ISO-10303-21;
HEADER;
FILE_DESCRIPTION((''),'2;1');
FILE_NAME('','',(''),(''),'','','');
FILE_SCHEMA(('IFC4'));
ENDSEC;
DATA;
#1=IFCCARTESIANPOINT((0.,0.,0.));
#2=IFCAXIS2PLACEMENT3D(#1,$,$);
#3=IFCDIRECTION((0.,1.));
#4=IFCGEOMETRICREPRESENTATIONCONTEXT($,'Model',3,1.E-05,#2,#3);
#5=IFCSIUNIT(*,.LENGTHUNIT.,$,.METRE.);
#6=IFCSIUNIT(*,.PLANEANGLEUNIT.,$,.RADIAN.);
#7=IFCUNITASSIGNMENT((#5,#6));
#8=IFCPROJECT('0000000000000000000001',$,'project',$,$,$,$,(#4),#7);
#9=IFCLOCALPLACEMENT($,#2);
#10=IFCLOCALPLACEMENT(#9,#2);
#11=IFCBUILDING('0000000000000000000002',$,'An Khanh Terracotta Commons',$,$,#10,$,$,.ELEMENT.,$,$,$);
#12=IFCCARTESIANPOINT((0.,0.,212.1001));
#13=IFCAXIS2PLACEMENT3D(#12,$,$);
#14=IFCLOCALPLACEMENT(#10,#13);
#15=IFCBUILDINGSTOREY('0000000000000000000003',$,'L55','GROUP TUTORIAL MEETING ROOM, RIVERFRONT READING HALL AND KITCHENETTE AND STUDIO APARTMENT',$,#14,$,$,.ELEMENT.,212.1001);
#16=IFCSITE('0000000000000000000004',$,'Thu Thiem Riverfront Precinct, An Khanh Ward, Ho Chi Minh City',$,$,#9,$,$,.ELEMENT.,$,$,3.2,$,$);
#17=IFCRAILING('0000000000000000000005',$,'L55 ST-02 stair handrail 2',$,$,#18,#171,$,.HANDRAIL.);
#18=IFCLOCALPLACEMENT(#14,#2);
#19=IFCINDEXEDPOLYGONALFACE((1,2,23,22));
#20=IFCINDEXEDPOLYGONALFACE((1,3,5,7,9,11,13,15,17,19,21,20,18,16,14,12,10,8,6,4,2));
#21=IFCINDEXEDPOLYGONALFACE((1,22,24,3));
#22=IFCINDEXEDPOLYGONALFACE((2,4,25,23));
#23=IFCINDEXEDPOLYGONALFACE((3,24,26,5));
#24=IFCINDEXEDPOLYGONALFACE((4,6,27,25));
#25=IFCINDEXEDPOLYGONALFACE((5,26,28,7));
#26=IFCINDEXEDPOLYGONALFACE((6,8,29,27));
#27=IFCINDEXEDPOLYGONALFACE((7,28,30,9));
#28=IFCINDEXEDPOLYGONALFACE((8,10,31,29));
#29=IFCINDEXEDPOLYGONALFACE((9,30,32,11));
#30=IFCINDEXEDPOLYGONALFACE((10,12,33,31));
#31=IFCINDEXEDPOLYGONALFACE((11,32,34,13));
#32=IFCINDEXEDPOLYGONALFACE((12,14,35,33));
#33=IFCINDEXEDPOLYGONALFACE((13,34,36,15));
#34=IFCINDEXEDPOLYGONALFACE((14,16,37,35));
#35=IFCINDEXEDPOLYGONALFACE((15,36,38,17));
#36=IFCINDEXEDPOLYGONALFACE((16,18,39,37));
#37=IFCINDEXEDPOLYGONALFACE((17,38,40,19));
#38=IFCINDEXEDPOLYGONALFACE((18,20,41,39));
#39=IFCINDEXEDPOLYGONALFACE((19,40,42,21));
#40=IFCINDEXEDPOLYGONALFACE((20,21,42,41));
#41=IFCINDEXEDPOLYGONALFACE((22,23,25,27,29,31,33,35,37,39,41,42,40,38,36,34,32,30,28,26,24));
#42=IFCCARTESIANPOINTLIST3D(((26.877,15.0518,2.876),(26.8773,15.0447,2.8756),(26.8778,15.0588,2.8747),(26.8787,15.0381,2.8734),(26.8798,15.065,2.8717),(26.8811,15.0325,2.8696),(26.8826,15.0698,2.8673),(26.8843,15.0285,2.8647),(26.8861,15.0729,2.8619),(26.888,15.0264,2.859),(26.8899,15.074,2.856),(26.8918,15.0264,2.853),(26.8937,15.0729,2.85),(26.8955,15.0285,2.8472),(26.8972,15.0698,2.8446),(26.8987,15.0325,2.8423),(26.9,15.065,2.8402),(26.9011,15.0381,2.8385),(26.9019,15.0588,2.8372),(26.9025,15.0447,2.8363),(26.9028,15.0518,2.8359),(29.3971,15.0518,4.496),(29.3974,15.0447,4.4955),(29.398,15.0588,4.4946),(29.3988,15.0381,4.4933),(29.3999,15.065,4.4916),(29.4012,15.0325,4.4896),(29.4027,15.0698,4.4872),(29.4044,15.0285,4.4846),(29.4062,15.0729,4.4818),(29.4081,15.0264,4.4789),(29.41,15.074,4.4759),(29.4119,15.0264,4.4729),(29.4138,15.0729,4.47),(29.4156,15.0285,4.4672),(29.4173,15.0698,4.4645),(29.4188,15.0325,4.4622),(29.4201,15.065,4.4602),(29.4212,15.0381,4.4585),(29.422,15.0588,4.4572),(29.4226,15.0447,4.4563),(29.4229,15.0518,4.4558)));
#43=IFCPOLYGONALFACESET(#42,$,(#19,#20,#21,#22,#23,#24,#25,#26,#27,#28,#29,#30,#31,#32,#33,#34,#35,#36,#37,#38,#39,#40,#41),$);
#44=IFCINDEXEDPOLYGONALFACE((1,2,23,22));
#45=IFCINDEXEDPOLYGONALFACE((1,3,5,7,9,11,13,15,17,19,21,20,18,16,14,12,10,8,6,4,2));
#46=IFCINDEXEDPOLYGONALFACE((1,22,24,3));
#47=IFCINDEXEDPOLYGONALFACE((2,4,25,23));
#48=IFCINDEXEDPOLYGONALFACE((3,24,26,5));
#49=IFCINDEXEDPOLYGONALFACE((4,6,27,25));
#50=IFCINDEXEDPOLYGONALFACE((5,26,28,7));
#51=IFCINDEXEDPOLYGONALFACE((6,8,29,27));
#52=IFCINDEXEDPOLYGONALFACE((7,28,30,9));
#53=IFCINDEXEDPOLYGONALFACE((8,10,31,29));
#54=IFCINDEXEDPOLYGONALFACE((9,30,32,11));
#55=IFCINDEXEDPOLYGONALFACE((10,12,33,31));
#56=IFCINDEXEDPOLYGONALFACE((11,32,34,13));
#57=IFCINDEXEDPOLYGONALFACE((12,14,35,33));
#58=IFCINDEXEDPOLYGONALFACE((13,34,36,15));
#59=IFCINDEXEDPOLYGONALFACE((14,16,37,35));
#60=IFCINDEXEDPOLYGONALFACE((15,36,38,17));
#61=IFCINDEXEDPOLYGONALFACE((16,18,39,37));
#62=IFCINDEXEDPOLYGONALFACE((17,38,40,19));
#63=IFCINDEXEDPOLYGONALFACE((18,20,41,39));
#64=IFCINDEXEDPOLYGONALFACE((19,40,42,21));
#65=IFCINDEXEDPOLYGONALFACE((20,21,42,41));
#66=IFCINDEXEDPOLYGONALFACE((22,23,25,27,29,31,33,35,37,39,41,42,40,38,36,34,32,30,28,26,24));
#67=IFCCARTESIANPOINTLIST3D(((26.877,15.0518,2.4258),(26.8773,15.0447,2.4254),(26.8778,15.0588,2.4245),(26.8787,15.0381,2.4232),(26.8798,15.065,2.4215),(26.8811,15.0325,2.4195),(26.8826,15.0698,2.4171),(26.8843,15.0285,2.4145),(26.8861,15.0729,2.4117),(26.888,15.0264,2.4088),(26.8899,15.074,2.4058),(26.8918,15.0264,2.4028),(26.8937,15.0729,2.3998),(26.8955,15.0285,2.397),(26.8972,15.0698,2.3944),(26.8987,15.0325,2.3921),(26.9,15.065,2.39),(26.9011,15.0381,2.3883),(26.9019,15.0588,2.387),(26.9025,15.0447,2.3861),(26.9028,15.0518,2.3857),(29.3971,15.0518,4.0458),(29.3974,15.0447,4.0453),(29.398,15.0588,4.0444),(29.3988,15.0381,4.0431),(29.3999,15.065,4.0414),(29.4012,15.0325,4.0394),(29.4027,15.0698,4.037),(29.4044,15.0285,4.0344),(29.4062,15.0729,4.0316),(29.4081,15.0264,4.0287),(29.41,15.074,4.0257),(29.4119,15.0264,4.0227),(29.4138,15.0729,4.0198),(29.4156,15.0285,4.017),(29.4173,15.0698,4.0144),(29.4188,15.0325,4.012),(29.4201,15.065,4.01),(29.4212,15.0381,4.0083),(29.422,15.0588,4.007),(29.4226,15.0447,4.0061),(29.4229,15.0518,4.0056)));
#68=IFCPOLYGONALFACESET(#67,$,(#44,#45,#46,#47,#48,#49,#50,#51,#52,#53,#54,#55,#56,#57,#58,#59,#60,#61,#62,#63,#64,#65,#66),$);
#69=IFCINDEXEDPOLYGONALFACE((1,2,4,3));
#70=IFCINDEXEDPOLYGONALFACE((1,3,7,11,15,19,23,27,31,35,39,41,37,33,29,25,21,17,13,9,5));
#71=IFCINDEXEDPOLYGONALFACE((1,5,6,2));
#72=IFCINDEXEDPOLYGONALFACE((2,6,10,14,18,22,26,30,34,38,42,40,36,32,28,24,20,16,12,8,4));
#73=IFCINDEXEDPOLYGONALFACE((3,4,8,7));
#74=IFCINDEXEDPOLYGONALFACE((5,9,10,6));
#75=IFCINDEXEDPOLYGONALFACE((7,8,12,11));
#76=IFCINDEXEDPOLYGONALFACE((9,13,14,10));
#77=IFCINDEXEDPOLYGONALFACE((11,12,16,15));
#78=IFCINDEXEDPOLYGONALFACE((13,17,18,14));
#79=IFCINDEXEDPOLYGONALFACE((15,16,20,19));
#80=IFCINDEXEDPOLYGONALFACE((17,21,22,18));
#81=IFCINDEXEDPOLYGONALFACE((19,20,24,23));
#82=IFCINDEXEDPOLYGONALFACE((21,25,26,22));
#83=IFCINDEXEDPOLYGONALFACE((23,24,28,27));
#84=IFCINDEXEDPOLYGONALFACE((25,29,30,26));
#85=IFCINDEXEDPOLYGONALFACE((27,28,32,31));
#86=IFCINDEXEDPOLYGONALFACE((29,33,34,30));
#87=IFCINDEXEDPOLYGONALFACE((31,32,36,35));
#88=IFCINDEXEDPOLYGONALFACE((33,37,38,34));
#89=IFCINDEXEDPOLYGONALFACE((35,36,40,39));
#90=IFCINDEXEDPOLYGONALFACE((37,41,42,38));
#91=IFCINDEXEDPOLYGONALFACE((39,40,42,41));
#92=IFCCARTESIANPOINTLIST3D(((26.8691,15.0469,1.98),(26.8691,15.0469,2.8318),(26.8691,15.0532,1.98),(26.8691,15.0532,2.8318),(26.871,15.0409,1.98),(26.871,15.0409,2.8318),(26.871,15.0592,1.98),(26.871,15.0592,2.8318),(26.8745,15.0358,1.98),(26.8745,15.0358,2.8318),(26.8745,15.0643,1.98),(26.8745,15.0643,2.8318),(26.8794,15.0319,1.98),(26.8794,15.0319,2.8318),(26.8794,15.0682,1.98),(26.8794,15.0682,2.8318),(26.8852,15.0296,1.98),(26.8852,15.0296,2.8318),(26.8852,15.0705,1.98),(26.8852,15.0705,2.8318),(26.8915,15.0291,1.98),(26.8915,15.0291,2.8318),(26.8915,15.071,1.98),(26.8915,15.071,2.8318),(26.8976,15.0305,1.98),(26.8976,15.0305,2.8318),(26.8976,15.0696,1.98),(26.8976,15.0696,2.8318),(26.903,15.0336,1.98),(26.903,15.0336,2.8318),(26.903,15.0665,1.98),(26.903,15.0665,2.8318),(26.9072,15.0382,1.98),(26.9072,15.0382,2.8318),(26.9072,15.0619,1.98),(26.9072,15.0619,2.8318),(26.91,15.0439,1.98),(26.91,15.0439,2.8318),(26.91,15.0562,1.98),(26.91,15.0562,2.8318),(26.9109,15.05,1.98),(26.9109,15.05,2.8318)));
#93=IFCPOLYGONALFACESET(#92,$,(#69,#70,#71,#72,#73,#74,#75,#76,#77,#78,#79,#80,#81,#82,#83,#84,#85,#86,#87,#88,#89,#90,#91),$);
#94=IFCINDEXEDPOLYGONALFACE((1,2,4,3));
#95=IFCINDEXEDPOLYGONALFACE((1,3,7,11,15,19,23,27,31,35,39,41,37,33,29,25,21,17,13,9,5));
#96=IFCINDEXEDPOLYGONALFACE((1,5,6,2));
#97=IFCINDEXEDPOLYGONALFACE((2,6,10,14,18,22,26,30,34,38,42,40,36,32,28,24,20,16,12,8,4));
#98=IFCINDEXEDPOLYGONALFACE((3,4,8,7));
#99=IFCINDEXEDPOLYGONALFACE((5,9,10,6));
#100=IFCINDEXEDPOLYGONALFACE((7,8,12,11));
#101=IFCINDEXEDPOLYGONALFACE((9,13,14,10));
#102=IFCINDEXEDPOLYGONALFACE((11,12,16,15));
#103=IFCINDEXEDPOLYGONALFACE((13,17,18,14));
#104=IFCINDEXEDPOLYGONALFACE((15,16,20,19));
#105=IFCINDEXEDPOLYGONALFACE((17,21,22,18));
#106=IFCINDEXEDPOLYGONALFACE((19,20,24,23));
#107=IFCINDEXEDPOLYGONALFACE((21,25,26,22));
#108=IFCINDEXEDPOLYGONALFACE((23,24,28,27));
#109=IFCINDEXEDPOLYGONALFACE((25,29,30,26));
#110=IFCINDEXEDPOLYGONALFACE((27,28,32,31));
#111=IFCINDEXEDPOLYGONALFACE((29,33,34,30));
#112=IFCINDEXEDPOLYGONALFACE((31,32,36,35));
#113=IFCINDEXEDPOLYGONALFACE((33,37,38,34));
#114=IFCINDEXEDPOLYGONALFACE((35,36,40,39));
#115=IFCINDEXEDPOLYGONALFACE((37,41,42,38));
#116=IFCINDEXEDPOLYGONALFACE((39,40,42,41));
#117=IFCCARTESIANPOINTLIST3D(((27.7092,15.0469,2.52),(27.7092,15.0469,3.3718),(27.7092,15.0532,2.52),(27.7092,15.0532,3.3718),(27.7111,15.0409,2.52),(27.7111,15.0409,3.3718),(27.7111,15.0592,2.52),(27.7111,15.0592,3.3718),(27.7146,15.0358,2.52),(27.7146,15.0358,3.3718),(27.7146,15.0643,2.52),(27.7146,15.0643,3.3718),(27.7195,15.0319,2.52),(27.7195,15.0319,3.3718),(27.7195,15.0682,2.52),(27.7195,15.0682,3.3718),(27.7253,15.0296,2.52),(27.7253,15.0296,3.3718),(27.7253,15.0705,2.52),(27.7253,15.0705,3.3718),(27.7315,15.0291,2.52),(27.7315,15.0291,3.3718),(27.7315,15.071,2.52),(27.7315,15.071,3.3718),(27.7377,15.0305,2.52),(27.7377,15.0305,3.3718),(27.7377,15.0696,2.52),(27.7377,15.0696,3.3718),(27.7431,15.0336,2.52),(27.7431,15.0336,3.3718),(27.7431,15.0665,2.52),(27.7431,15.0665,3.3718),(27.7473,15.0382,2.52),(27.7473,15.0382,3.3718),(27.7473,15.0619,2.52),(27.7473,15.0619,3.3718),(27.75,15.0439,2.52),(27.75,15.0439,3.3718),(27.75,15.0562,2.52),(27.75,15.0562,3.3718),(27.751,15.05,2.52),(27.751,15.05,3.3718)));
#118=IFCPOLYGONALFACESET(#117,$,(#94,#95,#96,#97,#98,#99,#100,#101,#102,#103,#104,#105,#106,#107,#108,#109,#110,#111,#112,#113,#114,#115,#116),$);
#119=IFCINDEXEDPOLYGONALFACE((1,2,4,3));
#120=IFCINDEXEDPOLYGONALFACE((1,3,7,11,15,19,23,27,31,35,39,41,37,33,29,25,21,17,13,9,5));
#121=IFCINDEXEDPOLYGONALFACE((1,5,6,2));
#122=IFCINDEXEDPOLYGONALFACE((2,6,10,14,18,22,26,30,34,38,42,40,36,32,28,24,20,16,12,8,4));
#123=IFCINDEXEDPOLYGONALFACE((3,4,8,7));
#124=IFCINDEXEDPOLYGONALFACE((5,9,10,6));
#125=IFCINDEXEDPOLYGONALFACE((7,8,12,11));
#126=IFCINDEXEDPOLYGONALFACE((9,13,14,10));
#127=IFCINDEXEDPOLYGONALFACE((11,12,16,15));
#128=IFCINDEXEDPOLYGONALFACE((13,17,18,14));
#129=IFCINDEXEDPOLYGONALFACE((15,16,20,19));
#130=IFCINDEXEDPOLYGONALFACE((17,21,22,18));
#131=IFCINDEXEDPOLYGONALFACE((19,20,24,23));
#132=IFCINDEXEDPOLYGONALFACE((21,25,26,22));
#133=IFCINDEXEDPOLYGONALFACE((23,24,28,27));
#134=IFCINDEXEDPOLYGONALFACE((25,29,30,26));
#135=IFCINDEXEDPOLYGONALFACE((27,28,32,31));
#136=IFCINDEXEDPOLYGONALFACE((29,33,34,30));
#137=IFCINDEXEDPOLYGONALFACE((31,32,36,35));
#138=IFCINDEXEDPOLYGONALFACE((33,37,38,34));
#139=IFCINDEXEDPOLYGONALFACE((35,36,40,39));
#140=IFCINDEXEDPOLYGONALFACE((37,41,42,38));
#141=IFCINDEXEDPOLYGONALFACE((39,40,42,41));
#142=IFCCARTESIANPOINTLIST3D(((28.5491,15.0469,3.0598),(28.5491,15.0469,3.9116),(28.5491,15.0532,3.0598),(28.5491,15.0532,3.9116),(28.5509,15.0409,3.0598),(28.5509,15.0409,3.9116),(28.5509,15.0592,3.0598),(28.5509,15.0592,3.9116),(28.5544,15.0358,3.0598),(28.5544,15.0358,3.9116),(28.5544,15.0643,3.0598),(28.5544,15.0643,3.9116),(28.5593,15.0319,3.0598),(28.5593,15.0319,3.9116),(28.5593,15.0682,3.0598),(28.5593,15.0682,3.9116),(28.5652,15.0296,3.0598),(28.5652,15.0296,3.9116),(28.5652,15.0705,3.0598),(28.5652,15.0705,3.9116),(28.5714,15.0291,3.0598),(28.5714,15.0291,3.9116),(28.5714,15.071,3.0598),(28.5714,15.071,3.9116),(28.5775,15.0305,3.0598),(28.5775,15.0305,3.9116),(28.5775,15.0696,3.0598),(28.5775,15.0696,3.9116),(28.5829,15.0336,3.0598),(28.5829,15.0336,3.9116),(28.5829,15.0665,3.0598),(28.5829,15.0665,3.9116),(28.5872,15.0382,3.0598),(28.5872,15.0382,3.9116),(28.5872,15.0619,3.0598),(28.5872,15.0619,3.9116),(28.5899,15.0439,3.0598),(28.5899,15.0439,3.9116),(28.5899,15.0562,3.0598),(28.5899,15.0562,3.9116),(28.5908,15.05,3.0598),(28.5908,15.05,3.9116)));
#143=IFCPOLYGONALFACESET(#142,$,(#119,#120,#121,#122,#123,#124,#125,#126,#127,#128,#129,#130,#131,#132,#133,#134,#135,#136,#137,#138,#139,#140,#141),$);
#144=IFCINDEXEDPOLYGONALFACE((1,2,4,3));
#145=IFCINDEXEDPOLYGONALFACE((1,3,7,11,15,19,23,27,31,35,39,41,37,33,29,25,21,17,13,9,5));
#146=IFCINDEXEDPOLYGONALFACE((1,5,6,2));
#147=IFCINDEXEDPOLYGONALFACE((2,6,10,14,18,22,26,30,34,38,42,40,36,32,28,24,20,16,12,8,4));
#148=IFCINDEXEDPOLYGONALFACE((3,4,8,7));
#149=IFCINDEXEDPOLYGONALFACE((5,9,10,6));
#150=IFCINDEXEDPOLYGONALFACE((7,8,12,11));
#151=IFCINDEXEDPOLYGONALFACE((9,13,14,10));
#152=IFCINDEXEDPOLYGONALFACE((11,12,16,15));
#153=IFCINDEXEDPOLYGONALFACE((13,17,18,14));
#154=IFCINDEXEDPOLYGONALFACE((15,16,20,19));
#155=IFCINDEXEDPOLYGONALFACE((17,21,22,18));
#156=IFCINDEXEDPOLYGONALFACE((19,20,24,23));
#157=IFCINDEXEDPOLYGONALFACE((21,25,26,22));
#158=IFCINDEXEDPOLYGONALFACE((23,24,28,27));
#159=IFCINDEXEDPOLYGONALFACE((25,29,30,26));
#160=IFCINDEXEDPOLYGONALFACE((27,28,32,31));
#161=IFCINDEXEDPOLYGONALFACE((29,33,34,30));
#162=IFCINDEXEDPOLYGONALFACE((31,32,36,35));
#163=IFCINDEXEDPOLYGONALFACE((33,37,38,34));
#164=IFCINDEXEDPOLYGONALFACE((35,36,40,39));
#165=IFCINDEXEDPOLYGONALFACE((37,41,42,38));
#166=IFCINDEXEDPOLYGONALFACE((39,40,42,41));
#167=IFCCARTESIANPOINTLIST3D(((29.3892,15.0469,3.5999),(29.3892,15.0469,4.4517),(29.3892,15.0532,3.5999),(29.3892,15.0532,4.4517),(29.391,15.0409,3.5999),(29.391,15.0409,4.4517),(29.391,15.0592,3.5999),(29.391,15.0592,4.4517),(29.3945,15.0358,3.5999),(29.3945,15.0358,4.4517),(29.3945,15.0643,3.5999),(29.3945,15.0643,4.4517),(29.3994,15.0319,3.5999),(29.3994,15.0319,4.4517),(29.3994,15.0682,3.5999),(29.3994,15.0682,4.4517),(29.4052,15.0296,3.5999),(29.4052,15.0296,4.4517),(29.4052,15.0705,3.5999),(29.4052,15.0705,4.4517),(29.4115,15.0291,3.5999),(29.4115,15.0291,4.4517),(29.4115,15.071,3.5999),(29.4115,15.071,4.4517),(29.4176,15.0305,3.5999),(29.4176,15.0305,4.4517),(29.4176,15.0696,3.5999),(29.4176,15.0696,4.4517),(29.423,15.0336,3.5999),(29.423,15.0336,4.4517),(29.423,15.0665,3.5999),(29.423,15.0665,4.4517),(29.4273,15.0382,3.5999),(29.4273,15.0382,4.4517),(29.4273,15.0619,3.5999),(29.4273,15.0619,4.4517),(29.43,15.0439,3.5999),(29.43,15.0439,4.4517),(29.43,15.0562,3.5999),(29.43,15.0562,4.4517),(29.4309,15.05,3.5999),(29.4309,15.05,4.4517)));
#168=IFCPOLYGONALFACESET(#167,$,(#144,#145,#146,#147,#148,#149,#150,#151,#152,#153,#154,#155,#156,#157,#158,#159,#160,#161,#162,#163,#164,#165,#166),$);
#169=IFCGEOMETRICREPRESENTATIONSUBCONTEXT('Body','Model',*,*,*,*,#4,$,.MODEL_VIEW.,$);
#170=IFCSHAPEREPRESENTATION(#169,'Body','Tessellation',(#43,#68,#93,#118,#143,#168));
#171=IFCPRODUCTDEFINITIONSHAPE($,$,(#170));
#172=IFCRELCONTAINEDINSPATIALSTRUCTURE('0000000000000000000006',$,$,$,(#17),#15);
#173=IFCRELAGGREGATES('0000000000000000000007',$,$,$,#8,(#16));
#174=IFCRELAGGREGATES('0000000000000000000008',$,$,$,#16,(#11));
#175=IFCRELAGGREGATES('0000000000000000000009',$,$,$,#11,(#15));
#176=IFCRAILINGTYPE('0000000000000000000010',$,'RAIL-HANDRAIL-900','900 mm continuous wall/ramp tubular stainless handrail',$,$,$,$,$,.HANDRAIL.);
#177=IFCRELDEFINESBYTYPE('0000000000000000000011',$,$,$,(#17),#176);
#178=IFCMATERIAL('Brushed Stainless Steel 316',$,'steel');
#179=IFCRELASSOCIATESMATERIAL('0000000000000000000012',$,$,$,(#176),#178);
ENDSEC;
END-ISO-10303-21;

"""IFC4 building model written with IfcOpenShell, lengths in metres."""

from ifc_helpers import new_model, si_unit, direction, frame, origin, origin_2d, place, context, subcontext, project, spatial, circle, extrude, material, type_object, element, save


model = new_model("IFC4")

# Units and contexts
model_context = context("Model", 3, precision=1e-05, world=origin(), true_north=direction((0.0, 1.0)))
body_context = subcontext(model_context, "Body", "Model", "MODEL_VIEW")
ifc_project = project(units=[si_unit("LENGTHUNIT", "METRE"), si_unit("PLANEANGLEUNIT", "RADIAN")], contexts=[model_context])

# Site, building, storey
site_placement = place(None, origin())
site = spatial("IfcSite", under=ifc_project, at=site_placement, Name="Thu Thiem Riverfront Precinct, An Khanh Ward, Ho Chi Minh City", CompositionType="ELEMENT", RefElevation=3.2)
building_placement = place(site_placement, origin())
building = spatial("IfcBuilding", under=site, at=building_placement, Name="An Khanh Terracotta Commons", CompositionType="ELEMENT")
storey_placement = place(building_placement, frame((0.0, 0.0, 212.1001)))
storey = spatial("IfcBuildingStorey", under=building, at=storey_placement, Name="L55", Description="GROUP TUTORIAL MEETING ROOM, RIVERFRONT READING HALL AND KITCHENETTE AND STUDIO APARTMENT", CompositionType="ELEMENT", Elevation=212.1001)

# Railing
ifc_material_1 = material(Name="Brushed Stainless Steel 316", Category="steel")
railing_type_1 = type_object("IfcRailingType", Name="RAIL-HANDRAIL-900", Description="900 mm continuous wall/ramp tubular stainless handrail", PredefinedType="HANDRAIL", material=ifc_material_1)
railing_1_placement = place(storey_placement, frame((26.8899, 15.05, 1.98)))
element("IfcRailing", 1, at=railing_1_placement, inside=storey, type_object=railing_type_1, Name="L55 ST-02 stair handrail 2", PredefinedType="HANDRAIL", context=body_context, shape_type="SweptSolid", body=[
    extrude(circle(Radius=0.0239, at=origin_2d()), frame((0.0, 0.0, 0.876), z_axis=(0.8412, 0.0, 0.540725), x_axis=(0.0, 1.0, 0.0)), (0.0, 0.0, 1.0), 2.9958),
    extrude(circle(Radius=0.0239, at=origin_2d()), frame((0.0, 0.0, 0.4258), z_axis=(0.8412, 0.0, 0.540725), x_axis=(0.0, 1.0, 0.0)), (0.0, 0.0, 1.0), 2.9958),
    extrude(circle(Radius=0.021, at=origin_2d()), origin(), (0.0, 0.0, 1.0), 0.8518),
    extrude(circle(Radius=0.021, at=origin_2d()), frame((0.8401, 0.0, 0.54)), (0.0, 0.0, 1.0), 0.8518),
    extrude(circle(Radius=0.021, at=origin_2d()), frame((1.6799, 0.0, 1.0798)), (0.0, 0.0, 1.0), 0.8518),
    extrude(circle(Radius=0.021, at=origin_2d()), frame((2.52, 0.0, 1.6199)), (0.0, 0.0, 1.0), 0.8518),
])

save(model, "model.ifc")
